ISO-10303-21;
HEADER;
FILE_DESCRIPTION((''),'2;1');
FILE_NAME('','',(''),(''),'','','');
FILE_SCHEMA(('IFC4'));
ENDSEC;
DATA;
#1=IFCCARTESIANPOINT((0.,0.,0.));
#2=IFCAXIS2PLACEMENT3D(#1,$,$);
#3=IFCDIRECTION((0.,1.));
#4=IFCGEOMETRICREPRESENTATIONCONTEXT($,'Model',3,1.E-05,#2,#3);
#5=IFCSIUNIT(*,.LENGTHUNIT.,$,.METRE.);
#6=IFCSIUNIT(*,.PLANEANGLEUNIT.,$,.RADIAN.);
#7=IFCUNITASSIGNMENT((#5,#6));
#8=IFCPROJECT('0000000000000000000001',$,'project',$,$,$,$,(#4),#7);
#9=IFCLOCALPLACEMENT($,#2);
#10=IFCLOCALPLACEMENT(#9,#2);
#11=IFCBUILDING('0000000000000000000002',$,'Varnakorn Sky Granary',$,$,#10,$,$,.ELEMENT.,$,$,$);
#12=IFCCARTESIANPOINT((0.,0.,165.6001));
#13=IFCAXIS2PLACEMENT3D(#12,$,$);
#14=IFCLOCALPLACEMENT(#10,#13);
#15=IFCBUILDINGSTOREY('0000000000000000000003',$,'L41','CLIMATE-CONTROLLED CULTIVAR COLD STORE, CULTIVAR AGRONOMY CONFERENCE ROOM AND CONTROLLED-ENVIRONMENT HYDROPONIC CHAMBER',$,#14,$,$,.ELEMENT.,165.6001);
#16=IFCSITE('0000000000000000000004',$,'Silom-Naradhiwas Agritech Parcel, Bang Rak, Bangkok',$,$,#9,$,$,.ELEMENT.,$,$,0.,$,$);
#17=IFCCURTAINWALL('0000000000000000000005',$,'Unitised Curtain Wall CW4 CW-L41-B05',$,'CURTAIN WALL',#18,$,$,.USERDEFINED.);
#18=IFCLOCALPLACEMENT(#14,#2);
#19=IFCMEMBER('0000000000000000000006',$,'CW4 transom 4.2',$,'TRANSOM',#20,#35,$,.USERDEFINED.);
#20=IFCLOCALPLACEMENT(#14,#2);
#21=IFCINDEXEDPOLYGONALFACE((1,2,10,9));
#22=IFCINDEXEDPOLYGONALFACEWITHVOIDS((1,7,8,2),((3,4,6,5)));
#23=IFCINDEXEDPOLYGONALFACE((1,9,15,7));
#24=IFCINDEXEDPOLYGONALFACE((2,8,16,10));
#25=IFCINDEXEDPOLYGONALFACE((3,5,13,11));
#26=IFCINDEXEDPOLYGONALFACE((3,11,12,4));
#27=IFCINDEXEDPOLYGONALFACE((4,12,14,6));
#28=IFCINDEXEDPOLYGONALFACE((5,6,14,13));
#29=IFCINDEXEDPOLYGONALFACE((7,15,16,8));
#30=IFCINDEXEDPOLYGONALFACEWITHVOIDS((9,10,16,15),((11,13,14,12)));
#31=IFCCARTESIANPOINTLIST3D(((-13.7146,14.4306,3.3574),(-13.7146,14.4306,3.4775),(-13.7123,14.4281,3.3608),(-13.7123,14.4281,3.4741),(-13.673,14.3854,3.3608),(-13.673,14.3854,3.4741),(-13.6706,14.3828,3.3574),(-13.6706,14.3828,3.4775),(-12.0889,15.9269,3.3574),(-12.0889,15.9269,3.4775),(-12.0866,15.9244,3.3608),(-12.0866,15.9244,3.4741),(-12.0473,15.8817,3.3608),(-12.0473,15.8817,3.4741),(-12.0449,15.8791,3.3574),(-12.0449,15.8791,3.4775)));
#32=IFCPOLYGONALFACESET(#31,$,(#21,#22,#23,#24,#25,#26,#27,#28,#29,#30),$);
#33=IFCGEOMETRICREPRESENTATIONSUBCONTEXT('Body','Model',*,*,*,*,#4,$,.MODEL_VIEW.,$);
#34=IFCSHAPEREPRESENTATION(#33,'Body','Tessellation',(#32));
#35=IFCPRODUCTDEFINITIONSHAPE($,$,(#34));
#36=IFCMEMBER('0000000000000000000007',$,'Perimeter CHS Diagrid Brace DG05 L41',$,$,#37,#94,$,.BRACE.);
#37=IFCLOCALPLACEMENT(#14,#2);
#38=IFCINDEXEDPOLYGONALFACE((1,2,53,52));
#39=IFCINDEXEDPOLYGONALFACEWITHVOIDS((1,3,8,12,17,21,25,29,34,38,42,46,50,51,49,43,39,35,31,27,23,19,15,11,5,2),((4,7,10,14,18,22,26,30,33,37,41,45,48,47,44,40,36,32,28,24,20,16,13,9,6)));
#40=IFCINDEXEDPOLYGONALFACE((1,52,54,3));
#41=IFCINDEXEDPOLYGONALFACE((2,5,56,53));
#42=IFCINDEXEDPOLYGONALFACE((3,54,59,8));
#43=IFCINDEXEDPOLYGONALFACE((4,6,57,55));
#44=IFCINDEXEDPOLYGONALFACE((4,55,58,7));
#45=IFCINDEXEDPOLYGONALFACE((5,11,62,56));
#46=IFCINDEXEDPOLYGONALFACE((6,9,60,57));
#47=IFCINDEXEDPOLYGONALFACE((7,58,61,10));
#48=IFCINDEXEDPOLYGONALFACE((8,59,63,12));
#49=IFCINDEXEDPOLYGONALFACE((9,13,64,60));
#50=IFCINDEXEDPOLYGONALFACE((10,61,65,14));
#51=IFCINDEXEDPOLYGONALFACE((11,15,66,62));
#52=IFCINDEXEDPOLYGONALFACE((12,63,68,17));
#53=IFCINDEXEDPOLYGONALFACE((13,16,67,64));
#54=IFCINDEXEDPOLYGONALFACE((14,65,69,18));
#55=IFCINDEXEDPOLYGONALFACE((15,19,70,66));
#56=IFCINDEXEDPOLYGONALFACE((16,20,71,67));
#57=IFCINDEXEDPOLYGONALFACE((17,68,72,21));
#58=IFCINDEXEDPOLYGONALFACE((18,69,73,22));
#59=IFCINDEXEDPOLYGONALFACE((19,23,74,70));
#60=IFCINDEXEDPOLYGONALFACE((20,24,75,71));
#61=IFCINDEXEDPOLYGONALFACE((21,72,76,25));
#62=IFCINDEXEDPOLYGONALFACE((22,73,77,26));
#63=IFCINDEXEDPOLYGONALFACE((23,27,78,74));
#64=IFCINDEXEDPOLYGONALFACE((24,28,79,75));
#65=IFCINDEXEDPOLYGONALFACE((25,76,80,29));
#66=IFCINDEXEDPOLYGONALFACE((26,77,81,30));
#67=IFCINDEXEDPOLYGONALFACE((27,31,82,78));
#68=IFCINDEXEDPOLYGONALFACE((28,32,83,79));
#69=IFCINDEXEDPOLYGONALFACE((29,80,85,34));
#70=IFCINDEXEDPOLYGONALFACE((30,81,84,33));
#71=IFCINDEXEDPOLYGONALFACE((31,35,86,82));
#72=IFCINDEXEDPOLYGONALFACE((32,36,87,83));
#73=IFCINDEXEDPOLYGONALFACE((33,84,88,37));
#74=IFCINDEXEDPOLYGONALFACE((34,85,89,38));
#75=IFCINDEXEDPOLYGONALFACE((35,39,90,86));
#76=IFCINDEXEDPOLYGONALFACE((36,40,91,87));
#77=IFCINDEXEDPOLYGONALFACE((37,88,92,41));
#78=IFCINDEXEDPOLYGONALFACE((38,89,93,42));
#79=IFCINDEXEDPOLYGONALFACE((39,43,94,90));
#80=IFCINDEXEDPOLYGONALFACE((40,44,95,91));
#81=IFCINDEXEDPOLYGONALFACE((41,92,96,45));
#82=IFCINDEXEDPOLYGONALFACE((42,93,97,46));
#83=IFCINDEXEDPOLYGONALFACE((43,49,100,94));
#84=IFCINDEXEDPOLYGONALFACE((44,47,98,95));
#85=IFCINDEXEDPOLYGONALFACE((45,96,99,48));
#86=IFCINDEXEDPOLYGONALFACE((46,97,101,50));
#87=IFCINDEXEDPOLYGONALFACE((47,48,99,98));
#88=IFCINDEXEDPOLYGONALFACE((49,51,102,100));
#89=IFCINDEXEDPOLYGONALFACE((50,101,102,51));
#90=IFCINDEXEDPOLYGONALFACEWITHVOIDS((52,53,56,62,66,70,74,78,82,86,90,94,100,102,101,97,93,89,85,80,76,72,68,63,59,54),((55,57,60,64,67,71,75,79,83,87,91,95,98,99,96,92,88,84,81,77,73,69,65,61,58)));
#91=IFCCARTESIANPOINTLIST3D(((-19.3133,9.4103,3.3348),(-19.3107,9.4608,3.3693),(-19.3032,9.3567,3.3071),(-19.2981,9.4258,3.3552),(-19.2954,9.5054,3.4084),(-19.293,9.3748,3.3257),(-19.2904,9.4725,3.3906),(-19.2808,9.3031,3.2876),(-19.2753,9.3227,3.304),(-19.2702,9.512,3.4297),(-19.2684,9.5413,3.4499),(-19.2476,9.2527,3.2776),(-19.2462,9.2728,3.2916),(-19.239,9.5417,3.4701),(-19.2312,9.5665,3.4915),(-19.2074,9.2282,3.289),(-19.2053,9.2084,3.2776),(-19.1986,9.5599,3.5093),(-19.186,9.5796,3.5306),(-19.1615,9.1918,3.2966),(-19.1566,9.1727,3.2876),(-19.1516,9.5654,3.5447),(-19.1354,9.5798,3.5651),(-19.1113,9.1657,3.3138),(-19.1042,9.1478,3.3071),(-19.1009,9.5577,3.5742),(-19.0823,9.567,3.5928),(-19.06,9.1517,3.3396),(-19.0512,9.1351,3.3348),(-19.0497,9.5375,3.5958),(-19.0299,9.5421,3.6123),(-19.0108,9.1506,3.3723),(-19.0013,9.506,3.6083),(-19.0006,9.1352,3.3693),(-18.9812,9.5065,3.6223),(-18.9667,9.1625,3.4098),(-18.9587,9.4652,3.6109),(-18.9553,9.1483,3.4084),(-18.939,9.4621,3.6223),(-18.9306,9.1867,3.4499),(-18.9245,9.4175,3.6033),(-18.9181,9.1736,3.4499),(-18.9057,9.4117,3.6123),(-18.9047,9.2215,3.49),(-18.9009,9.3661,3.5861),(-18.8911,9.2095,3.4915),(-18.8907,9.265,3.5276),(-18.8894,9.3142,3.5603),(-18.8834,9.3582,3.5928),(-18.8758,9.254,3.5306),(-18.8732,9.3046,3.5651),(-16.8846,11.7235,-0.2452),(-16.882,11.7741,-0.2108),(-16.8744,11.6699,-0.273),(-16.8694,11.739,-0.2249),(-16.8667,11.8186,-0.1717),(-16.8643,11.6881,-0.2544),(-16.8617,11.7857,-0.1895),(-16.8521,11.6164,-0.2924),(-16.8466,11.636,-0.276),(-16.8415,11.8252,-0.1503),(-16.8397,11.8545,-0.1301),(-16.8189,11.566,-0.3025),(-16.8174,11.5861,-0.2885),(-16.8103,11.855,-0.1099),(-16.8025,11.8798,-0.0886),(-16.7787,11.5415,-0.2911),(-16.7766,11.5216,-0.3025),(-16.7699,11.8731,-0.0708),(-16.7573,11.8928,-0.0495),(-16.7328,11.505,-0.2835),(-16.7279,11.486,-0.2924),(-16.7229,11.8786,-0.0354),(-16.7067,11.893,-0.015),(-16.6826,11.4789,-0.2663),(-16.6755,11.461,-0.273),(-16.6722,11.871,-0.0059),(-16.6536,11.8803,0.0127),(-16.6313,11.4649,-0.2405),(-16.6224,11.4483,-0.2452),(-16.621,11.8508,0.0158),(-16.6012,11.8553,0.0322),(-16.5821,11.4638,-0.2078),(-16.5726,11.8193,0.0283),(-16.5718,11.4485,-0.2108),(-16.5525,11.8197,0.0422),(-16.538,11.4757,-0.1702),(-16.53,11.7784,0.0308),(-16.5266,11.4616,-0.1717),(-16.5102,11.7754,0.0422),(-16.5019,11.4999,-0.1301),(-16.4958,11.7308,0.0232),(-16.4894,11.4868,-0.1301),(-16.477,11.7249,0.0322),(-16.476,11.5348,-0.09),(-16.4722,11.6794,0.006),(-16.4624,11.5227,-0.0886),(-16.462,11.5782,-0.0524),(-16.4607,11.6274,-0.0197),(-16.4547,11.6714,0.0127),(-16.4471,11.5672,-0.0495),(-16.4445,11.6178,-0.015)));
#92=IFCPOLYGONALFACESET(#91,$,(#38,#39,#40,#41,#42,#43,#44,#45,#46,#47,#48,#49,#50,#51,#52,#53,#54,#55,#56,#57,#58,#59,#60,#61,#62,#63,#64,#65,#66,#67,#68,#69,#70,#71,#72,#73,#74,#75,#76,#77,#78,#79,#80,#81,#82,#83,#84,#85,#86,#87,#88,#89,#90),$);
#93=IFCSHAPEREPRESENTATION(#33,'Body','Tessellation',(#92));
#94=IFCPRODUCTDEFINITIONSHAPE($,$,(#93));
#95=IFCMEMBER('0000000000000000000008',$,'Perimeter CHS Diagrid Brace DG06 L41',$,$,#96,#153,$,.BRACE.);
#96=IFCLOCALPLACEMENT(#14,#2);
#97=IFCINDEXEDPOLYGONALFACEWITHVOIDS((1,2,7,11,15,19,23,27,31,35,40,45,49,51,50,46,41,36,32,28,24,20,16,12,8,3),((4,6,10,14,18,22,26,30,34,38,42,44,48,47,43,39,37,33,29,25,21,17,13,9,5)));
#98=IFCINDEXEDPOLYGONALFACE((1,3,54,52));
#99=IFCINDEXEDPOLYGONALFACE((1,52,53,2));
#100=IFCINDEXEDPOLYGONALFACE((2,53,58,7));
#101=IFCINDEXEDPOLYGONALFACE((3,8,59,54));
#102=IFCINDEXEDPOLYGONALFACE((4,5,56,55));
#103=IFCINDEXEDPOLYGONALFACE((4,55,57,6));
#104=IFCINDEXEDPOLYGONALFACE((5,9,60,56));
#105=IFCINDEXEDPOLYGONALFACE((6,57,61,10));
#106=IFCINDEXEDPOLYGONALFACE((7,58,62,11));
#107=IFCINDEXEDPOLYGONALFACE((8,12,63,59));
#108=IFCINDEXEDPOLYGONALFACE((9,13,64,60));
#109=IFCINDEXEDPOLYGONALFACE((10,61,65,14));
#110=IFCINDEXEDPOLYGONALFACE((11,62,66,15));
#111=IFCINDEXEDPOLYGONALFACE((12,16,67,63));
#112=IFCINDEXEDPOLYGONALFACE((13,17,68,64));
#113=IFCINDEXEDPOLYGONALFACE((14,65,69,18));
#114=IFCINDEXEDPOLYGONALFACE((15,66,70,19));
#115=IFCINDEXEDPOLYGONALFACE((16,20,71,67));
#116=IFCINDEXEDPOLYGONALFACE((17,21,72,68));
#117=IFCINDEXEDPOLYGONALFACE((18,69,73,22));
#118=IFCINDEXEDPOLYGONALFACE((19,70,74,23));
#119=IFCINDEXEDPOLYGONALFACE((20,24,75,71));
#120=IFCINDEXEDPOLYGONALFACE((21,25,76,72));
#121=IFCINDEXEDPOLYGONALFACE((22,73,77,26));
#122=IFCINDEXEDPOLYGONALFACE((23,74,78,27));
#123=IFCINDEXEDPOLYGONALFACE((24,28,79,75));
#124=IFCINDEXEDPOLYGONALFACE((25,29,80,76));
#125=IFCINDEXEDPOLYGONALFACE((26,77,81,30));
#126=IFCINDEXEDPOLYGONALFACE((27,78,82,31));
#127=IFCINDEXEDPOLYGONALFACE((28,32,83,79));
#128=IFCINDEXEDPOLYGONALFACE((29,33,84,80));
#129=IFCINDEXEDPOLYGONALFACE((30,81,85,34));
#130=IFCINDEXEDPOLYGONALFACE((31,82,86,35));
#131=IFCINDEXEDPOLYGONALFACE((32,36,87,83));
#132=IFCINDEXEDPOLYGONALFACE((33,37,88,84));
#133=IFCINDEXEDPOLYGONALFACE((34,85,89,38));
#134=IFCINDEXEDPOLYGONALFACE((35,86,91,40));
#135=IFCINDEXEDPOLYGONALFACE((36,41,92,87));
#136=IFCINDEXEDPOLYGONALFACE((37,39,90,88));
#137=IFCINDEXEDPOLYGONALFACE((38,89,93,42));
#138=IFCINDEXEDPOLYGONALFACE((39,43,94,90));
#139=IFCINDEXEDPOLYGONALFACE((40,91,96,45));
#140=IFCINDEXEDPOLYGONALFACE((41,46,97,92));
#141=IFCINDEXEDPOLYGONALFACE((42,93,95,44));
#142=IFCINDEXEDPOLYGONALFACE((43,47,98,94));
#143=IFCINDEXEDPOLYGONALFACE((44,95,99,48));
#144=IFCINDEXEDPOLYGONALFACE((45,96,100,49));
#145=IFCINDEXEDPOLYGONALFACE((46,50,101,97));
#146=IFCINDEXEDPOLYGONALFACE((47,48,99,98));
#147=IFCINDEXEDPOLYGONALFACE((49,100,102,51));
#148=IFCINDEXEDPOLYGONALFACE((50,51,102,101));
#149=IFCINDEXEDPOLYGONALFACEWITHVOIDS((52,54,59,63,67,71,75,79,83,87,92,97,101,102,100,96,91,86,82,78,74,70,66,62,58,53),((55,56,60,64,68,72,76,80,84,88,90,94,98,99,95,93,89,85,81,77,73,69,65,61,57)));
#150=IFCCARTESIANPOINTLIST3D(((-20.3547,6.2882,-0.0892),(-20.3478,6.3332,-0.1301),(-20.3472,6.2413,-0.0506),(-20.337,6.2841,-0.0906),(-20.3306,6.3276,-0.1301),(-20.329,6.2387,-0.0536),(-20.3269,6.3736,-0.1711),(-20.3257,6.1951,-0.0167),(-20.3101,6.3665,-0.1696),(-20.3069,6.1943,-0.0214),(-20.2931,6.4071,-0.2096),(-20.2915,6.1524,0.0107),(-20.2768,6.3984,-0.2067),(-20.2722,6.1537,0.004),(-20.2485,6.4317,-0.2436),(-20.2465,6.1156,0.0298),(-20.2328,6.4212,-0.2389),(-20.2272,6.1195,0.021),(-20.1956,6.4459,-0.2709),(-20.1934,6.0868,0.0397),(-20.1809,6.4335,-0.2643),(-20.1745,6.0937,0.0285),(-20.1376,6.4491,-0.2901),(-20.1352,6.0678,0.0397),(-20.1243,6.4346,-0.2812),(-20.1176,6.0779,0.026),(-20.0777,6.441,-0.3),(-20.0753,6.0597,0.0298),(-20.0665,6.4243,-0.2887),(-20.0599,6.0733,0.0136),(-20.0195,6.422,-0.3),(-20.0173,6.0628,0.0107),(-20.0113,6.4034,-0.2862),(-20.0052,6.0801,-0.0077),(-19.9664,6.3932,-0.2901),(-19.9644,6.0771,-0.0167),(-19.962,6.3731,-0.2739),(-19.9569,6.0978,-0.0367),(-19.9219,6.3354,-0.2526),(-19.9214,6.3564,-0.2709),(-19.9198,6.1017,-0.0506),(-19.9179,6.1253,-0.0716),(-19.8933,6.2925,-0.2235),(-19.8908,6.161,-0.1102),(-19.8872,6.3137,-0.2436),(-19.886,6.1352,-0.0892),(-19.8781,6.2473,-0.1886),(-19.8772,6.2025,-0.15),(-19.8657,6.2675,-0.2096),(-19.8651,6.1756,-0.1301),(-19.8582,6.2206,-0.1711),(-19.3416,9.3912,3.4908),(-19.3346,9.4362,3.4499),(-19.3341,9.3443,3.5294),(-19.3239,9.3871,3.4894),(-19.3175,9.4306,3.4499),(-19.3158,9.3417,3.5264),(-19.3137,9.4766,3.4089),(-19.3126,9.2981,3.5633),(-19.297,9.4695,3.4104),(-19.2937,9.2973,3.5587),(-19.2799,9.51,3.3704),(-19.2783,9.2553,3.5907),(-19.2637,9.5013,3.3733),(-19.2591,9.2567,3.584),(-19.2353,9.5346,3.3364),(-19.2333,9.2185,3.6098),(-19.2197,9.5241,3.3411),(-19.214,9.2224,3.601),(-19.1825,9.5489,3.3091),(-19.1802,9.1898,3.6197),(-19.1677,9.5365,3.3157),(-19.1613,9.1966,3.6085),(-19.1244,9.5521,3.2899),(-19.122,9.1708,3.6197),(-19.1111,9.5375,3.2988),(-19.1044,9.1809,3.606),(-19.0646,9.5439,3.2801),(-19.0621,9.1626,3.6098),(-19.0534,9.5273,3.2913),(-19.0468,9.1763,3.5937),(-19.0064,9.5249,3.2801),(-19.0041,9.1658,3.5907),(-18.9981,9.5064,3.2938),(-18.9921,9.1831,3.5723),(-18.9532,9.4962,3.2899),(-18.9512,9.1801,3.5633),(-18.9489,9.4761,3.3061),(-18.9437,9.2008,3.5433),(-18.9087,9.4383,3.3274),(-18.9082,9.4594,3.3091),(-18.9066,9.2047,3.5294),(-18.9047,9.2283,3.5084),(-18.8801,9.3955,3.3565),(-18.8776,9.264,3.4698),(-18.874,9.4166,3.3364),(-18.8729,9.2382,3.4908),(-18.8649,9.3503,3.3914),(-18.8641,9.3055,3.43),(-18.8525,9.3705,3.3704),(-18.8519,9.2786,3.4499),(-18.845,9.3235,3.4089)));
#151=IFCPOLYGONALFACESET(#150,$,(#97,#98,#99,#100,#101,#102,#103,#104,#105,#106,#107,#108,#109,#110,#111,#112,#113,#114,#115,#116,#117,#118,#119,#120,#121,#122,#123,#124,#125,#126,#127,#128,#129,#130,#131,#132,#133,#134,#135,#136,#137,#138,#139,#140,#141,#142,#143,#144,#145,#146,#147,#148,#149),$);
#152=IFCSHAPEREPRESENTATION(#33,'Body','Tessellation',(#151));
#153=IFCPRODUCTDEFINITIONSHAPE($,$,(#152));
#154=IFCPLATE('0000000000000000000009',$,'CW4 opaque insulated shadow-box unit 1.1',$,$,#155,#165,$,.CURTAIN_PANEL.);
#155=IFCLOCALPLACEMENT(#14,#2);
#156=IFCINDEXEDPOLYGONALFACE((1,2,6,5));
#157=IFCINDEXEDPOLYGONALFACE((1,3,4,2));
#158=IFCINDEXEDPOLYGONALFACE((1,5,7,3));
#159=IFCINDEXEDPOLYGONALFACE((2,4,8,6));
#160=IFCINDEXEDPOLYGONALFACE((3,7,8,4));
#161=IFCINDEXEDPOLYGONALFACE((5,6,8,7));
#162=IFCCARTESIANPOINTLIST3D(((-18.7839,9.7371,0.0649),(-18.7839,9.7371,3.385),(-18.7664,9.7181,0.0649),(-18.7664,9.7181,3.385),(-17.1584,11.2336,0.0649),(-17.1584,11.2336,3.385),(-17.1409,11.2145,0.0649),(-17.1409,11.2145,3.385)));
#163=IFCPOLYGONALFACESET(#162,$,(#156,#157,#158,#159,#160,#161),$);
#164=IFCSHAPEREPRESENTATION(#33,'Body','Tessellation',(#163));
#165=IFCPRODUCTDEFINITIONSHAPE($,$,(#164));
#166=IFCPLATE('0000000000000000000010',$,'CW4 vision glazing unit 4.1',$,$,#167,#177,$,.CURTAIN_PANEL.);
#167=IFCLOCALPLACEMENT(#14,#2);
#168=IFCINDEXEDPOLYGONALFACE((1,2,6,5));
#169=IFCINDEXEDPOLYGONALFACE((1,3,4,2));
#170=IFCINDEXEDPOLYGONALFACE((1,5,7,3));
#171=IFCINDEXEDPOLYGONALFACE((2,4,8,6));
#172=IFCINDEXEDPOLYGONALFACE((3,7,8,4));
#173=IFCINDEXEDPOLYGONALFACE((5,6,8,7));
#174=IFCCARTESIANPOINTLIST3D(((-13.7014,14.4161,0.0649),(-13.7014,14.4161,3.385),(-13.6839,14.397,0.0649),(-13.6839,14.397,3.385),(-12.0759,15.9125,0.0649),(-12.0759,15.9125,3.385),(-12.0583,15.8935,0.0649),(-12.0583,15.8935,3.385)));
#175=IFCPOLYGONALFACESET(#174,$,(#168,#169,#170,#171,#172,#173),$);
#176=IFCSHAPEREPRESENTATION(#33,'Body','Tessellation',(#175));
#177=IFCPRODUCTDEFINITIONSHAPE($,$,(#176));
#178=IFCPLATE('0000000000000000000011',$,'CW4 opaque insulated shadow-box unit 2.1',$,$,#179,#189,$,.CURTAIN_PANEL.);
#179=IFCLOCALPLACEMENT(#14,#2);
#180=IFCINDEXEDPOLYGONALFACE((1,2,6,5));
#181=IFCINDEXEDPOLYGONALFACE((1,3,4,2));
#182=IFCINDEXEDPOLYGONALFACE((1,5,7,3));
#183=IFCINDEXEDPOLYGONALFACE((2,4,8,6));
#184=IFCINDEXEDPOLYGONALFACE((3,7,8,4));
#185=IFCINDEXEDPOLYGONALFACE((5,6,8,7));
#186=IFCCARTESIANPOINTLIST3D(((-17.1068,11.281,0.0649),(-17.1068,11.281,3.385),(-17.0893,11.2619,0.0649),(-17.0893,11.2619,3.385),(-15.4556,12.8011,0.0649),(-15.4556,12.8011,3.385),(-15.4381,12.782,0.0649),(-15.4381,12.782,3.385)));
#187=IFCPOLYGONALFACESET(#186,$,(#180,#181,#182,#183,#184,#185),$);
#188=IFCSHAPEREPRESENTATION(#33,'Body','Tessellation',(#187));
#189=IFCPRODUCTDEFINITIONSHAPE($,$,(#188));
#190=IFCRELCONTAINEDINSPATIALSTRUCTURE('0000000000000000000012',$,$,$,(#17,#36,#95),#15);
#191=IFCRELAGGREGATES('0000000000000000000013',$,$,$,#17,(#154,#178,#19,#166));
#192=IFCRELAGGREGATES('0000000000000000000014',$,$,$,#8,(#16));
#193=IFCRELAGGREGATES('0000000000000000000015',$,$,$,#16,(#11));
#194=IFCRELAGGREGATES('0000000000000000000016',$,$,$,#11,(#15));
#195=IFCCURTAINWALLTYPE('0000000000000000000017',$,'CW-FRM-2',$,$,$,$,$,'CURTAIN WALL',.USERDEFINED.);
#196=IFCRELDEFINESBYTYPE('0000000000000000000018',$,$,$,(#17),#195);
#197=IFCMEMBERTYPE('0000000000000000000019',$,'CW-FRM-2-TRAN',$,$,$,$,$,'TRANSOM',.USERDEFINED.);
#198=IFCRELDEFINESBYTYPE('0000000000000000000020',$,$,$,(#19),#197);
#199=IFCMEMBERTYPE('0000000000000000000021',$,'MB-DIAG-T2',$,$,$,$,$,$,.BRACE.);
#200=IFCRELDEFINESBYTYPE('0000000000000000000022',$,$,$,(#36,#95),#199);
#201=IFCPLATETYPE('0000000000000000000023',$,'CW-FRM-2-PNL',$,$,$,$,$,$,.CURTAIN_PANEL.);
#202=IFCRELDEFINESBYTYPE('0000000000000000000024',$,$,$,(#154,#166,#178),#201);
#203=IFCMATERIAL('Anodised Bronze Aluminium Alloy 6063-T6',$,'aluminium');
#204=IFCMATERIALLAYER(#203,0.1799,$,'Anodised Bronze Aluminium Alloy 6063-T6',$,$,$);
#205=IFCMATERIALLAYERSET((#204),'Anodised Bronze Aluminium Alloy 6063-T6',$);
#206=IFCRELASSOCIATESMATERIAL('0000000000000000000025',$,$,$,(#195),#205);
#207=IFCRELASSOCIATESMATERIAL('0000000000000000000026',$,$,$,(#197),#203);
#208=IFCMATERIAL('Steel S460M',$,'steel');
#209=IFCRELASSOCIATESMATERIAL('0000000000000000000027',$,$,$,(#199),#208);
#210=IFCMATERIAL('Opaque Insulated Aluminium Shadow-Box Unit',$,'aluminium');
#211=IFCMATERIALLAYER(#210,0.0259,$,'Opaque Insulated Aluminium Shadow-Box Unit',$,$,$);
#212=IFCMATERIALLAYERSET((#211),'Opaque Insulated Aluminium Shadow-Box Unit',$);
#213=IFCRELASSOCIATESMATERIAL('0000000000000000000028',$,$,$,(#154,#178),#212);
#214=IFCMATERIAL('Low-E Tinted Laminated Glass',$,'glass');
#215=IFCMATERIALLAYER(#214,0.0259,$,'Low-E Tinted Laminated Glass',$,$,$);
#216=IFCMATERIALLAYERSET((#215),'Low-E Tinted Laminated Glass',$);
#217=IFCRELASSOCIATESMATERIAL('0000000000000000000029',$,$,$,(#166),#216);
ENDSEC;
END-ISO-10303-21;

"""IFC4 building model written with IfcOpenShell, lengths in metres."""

from ifc_helpers import new_model, si_unit, direction, frame, origin, origin_2d, place, context, subcontext, project, spatial, rectangle, hollow_rectangle, hollow_circle, extrude, source, transform, mapped, material, layer, layer_set, material_profile, profile_set, type_object, element, aggregate, save


model = new_model("IFC4")

# Units and contexts
model_context = context("Model", 3, precision=1e-05, world=origin(), true_north=direction((0.0, 1.0)))
body_context = subcontext(model_context, "Body", "Model", "MODEL_VIEW")
ifc_project = project(units=[si_unit("LENGTHUNIT", "METRE"), si_unit("PLANEANGLEUNIT", "RADIAN")], contexts=[model_context])

# Site, building, storey
site_placement = place(None, origin())
site = spatial("IfcSite", under=ifc_project, at=site_placement, Name="Silom-Naradhiwas Agritech Parcel, Bang Rak, Bangkok", CompositionType="ELEMENT", RefElevation=0.0)
building_placement = place(site_placement, origin())
building = spatial("IfcBuilding", under=site, at=building_placement, Name="Varnakorn Sky Granary", CompositionType="ELEMENT")
storey_placement = place(building_placement, frame((0.0, 0.0, 165.6001)))
storey = spatial("IfcBuildingStorey", under=building, at=storey_placement, Name="L41", Description="CLIMATE-CONTROLLED CULTIVAR COLD STORE, CULTIVAR AGRONOMY CONFERENCE ROOM AND CONTROLLED-ENVIRONMENT HYDROPONIC CHAMBER", CompositionType="ELEMENT", Elevation=165.6001)

# Shared definitions
ifc_material_1 = material(Name="Steel S460M", Category="steel")

# Curtain wall
ifc_material_2 = material(Name="Anodised Bronze Aluminium Alloy 6063-T6", Category="aluminium")
ifc_layer_1 = layer(ifc_material_2, 0.1799, Name="Anodised Bronze Aluminium Alloy 6063-T6")
ifc_layer_set_1 = layer_set([ifc_layer_1], Name="Anodised Bronze Aluminium Alloy 6063-T6")
curtain_wall_type = type_object("IfcCurtainWallType", Name="CW-FRM-2", ElementType="CURTAIN WALL", PredefinedType="USERDEFINED", material=ifc_layer_set_1)
curtain_wall_1_placement = place(storey_placement, origin())
curtain_wall_1 = element("IfcCurtainWall", 1, at=curtain_wall_1_placement, inside=storey, type_object=curtain_wall_type, Name="Unitised Curtain Wall CW4 CW-L41-B05", ObjectType="CURTAIN WALL", PredefinedType="USERDEFINED")

# Member
ifc_material_profile_1 = material_profile(ifc_material_2, hollow_rectangle(XDim=0.0649, YDim=0.1201, WallThickness=0.0034, at=origin_2d()), Name="ALU TRAN 65x120")
ifc_profile_set_1 = profile_set([ifc_material_profile_1], Name="Anodised Bronze Aluminium Alloy 6063-T6")
member_type_1 = type_object("IfcMemberType", Name="CW-FRM-2-TRAN", ElementType="TRANSOM", PredefinedType="USERDEFINED", material=ifc_profile_set_1)
member_1_placement = place(storey_placement, frame((-13.6926, 14.4067, 3.4175), z_axis=(0.735781, 0.677219, 0.0), x_axis=(-0.677219, 0.735781, 0.0)))
member_1 = element("IfcMember", 2, at=member_1_placement, type_object=member_type_1, Name="CW4 transom 4.2", ObjectType="TRANSOM", PredefinedType="USERDEFINED", context=body_context, shape_type="SweptSolid", body=[
    extrude(hollow_rectangle(XDim=0.0649, YDim=0.1201, WallThickness=0.0034, at=origin_2d()), origin(), (0.0, 0.0, 1.0), 2.2095),
])

# Members
ifc_material_profile_2 = material_profile(ifc_material_1, hollow_circle(Radius=0.2539, WallThickness=0.0181, at=origin_2d()), Name="CHS 508x18")
ifc_profile_set_2 = profile_set([ifc_material_profile_2], Name="Steel S460M")
member_type_2 = type_object("IfcMemberType", Name="MB-DIAG-T2", PredefinedType="BRACE", material=ifc_profile_set_2)
member_2_placement = place(storey_placement, frame((-16.6646, 11.6707, -0.1301), z_axis=(-0.495072, -0.471532, 0.729768), x_axis=(0.689682, -0.724112, 0.0)))
element("IfcMember", 3, at=member_2_placement, inside=storey, type_object=member_type_2, Name="Perimeter CHS Diagrid Brace DG05 L41", PredefinedType="BRACE", context=body_context, shape_type="SweptSolid", body=[
    extrude(hollow_circle(Radius=0.2539, WallThickness=0.0181, at=origin_2d()), origin(), (0.0, 0.0, 1.0), 4.9058),
])
member_3_placement = place(storey_placement, frame((-20.1064, 6.2544, -0.1301), z_axis=(0.209127, 0.640484, 0.73895), x_axis=(-0.95061, 0.310388, 0.0)))
element("IfcMember", 4, at=member_3_placement, inside=storey, type_object=member_type_2, Name="Perimeter CHS Diagrid Brace DG06 L41", PredefinedType="BRACE", context=body_context, shape_type="SweptSolid", body=[
    extrude(hollow_circle(Radius=0.2539, WallThickness=0.0181, at=origin_2d()), origin(), (0.0, 0.0, 1.0), 4.8447),
])

# Plates
ifc_material_3 = material(Name="Opaque Insulated Aluminium Shadow-Box Unit", Category="aluminium")
ifc_layer_2 = layer(ifc_material_3, 0.0259, Name="Opaque Insulated Aluminium Shadow-Box Unit")
ifc_layer_set_2 = layer_set([ifc_layer_2], Name="Opaque Insulated Aluminium Shadow-Box Unit")
plate_type = type_object("IfcPlateType", Name="CW-FRM-2-PNL", PredefinedType="CURTAIN_PANEL")
shared_shape_1 = source(origin(), body_context, "Body", "SweptSolid", [
    extrude(rectangle(XDim=2.2095, YDim=0.0259, at=origin_2d()), origin(), (0.0, 0.0, 1.0), 3.3201),
])
plate_1_placement = place(storey_placement, frame((-17.9624, 10.4758, 0.0649), z_axis=(0.0, 0.0, 1.0), x_axis=(0.735721, 0.677285, 0.0)))
plate_1 = element("IfcPlate", 5, at=plate_1_placement, type_object=plate_type, material=ifc_layer_set_2, Name="CW4 opaque insulated shadow-box unit 1.1", PredefinedType="CURTAIN_PANEL", context=body_context, shape_type="MappedRepresentation", body=[
    mapped(shared_shape_1, transform((0.0, 0.0, 0.0), x_axis=(1.0, 0.0, 0.0), y_axis=(0.0, 1.0, 0.0), z_axis=(0.0, 0.0, 1.0), scale=1.0)),
])
ifc_material_4 = material(Name="Low-E Tinted Laminated Glass", Category="glass")
ifc_layer_3 = layer(ifc_material_4, 0.0259, Name="Low-E Tinted Laminated Glass")
ifc_layer_set_3 = layer_set([ifc_layer_3], Name="Low-E Tinted Laminated Glass")
plate_2_placement = place(storey_placement, frame((-12.8799, 15.1548, 0.0649), z_axis=(0.0, 0.0, 1.0), x_axis=(0.735721, 0.677285, 0.0)))
plate_2 = element("IfcPlate", 6, at=plate_2_placement, type_object=plate_type, material=ifc_layer_set_3, Name="CW4 vision glazing unit 4.1", PredefinedType="CURTAIN_PANEL", context=body_context, shape_type="MappedRepresentation", body=[
    mapped(shared_shape_1, transform((0.0, 0.0, 0.0), x_axis=(1.0, 0.0, 0.0), y_axis=(0.0, 1.0, 0.0), z_axis=(0.0, 0.0, 1.0), scale=1.0)),
])
shared_shape_2 = source(origin(), body_context, "Body", "SweptSolid", [
    extrude(rectangle(XDim=2.2444, YDim=0.0259, at=origin_2d()), origin(), (0.0, 0.0, 1.0), 3.3201),
])
plate_3_placement = place(storey_placement, frame((-16.2725, 12.0315, 0.0649), z_axis=(0.0, 0.0, 1.0), x_axis=(0.735721, 0.677285, 0.0)))
plate_3 = element("IfcPlate", 7, at=plate_3_placement, type_object=plate_type, material=ifc_layer_set_2, Name="CW4 opaque insulated shadow-box unit 2.1", PredefinedType="CURTAIN_PANEL", context=body_context, shape_type="MappedRepresentation", body=[
    mapped(shared_shape_2, transform((0.0, 0.0, 0.0), x_axis=(1.0, 0.0, 0.0), y_axis=(0.0, 1.0, 0.0), z_axis=(0.0, 0.0, 1.0), scale=1.0)),
])
aggregate(curtain_wall_1, [plate_1, plate_3, member_1, plate_2])

save(model, "model.ifc")
